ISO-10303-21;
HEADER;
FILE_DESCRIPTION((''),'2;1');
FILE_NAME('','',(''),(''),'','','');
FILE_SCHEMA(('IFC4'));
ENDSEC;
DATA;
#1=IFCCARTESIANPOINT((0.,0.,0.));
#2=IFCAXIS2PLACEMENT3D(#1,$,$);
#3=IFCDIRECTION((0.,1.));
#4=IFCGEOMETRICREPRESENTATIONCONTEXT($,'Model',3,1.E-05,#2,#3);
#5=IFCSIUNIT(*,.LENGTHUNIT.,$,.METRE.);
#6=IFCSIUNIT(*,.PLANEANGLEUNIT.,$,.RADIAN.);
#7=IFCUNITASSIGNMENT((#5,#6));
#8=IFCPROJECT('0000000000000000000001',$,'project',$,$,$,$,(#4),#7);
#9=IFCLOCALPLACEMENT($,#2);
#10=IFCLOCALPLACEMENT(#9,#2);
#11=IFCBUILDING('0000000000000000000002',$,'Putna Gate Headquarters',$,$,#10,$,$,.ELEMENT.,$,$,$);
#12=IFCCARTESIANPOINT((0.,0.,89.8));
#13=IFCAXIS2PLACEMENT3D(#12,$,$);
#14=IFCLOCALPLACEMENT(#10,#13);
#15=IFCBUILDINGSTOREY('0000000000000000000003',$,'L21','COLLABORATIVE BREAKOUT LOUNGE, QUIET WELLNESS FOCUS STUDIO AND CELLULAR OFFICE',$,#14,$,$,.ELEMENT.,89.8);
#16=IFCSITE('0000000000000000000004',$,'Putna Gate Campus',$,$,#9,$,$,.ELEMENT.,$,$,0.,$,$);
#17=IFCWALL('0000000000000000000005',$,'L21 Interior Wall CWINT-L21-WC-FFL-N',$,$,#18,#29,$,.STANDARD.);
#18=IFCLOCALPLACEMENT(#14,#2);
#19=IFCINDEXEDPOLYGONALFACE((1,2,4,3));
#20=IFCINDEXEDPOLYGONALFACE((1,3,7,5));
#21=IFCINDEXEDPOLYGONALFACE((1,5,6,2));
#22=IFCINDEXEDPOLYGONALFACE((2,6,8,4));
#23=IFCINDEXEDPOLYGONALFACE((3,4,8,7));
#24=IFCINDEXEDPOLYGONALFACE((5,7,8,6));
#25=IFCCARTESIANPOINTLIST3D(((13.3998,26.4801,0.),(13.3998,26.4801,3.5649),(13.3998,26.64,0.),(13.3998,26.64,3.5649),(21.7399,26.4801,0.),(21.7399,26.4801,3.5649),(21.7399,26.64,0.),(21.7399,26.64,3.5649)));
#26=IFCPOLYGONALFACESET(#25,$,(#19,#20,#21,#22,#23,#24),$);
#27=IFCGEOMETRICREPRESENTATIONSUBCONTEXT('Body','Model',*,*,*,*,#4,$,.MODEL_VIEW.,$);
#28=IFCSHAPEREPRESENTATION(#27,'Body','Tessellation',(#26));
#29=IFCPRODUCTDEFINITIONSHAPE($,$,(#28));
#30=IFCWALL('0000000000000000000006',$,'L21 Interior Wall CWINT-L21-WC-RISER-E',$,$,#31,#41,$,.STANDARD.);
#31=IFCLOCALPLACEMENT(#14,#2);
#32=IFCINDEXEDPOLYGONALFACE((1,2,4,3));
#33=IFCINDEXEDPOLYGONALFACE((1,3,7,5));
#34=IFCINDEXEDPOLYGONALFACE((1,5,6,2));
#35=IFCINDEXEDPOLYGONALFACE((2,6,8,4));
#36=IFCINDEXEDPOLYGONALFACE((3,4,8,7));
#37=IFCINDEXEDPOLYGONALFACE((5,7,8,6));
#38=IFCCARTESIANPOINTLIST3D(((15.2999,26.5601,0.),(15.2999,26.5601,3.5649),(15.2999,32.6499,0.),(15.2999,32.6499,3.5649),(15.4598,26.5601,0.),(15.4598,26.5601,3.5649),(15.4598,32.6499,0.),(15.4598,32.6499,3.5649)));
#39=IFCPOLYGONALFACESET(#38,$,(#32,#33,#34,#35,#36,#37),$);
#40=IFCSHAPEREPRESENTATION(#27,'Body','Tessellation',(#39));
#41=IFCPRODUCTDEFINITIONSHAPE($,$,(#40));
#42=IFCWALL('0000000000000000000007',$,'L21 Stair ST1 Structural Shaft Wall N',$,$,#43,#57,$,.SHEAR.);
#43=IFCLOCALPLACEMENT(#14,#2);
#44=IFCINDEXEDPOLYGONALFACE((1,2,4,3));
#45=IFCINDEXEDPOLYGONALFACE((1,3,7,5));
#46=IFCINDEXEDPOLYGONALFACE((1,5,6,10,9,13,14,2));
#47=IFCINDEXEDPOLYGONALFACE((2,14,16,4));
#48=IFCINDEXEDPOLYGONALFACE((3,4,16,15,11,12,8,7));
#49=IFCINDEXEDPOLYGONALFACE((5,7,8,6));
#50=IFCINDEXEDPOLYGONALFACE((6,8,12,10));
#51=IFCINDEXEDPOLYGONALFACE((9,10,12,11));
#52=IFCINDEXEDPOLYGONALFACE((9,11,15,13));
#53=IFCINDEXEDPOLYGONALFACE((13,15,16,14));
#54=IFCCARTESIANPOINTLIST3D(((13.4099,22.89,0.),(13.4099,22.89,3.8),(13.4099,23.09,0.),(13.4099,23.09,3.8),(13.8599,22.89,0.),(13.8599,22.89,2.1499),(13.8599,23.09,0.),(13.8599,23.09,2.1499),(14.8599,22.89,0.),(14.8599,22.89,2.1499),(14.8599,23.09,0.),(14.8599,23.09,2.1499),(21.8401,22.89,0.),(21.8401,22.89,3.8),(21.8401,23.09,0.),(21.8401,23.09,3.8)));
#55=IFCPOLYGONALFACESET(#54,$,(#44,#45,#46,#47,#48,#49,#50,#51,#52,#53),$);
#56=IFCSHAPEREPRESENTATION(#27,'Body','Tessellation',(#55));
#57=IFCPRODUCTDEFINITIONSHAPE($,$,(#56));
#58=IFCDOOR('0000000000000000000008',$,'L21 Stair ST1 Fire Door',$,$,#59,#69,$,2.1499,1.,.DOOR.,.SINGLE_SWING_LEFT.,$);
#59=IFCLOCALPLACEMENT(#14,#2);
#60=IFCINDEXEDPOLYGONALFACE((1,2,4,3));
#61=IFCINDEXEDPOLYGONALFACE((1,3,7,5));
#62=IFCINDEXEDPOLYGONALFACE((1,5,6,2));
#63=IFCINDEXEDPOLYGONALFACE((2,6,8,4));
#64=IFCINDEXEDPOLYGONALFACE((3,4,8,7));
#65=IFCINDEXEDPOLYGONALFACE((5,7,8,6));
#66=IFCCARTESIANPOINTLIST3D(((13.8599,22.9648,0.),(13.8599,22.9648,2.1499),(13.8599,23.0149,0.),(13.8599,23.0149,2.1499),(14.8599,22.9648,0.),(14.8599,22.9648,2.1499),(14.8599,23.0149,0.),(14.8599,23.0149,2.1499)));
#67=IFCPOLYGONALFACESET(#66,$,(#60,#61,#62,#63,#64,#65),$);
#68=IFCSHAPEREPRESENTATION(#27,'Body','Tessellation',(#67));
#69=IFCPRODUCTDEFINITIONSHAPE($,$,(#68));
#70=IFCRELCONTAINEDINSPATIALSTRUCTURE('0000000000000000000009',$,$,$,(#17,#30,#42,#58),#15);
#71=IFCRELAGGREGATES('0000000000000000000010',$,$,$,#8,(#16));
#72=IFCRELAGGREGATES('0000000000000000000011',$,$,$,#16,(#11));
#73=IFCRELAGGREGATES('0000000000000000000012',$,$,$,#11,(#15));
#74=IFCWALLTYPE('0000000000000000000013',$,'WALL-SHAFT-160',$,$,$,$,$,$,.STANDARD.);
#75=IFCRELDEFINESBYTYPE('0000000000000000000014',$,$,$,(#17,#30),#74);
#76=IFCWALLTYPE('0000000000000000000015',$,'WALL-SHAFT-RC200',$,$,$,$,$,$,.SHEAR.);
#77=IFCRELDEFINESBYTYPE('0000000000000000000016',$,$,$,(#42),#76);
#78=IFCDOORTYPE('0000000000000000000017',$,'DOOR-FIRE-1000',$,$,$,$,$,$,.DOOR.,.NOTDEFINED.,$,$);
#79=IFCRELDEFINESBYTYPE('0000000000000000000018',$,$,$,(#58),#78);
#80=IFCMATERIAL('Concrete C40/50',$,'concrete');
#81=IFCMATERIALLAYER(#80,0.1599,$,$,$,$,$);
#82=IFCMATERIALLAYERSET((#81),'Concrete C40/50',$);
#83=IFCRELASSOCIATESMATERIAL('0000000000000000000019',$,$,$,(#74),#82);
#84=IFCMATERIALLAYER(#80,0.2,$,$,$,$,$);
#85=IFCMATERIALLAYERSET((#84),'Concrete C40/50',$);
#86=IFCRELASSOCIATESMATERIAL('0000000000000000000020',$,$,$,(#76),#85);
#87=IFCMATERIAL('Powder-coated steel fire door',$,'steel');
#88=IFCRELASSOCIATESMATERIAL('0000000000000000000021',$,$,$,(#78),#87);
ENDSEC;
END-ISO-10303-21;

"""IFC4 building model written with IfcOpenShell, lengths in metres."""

from ifc_helpers import new_model, si_unit, direction, frame, frame_2d, origin, place, context, subcontext, project, spatial, rectangle, extrude, material, layer, layer_set, type_object, element, fill, save


model = new_model("IFC4")

# Units and contexts
model_context = context("Model", 3, precision=1e-05, world=origin(), true_north=direction((0.0, 1.0)))
body_context = subcontext(model_context, "Body", "Model", "MODEL_VIEW")
ifc_project = project(units=[si_unit("LENGTHUNIT", "METRE"), si_unit("PLANEANGLEUNIT", "RADIAN")], contexts=[model_context])

# Site, building, storey
site_placement = place(None, origin())
site = spatial("IfcSite", under=ifc_project, at=site_placement, Name="Putna Gate Campus", CompositionType="ELEMENT", RefElevation=0.0)
building_placement = place(site_placement, origin())
building = spatial("IfcBuilding", under=site, at=building_placement, Name="Putna Gate Headquarters", CompositionType="ELEMENT")
storey_placement = place(building_placement, frame((0.0, 0.0, 89.8)))
storey = spatial("IfcBuildingStorey", under=building, at=storey_placement, Name="L21", Description="COLLABORATIVE BREAKOUT LOUNGE, QUIET WELLNESS FOCUS STUDIO AND CELLULAR OFFICE", CompositionType="ELEMENT", Elevation=89.8)

# Walls
ifc_material_1 = material(Name="Concrete C40/50", Category="concrete")
ifc_layer_1 = layer(ifc_material_1, 0.1599)
ifc_layer_set_1 = layer_set([ifc_layer_1], Name="Concrete C40/50")
wall_type_1 = type_object("IfcWallType", Name="WALL-SHAFT-160", PredefinedType="STANDARD", material=ifc_layer_set_1)
wall_1_placement = place(storey_placement, frame((13.3999, 26.5601, 0.0), z_axis=(0.0, 0.0, 1.0), x_axis=(1.0, 0.0, 0.0)))
element("IfcWall", 1, at=wall_1_placement, inside=storey, type_object=wall_type_1, Name="L21 Interior Wall CWINT-L21-WC-FFL-N", PredefinedType="STANDARD", context=body_context, shape_type="SweptSolid", body=[
    extrude(rectangle(XDim=8.3401, YDim=0.1599, at=frame_2d((4.1699, 0.0))), origin(), (0.0, 0.0, 1.0), 3.5649),
])
wall_2_placement = place(storey_placement, frame((15.3799, 26.5601, 0.0), z_axis=(0.0, 0.0, 1.0), x_axis=(0.0, 1.0, 0.0)))
element("IfcWall", 2, at=wall_2_placement, inside=storey, type_object=wall_type_1, Name="L21 Interior Wall CWINT-L21-WC-RISER-E", PredefinedType="STANDARD", context=body_context, shape_type="SweptSolid", body=[
    extrude(rectangle(XDim=6.0898, YDim=0.1599, at=frame_2d((3.0449, 0.0))), origin(), (0.0, 0.0, 1.0), 3.5649),
])

# Wall, opening, door
ifc_layer_2 = layer(ifc_material_1, 0.2)
ifc_layer_set_2 = layer_set([ifc_layer_2], Name="Concrete C40/50")
wall_type_2 = type_object("IfcWallType", Name="WALL-SHAFT-RC200", PredefinedType="SHEAR", material=ifc_layer_set_2)
wall_3_placement = place(storey_placement, frame((13.4099, 22.99, 0.0), z_axis=(0.0, 0.0, 1.0), x_axis=(1.0, 0.0, 0.0)))
wall_3 = element("IfcWall", 3, at=wall_3_placement, inside=storey, type_object=wall_type_2, Name="L21 Stair ST1 Structural Shaft Wall N", PredefinedType="SHEAR", context=body_context, shape_type="SweptSolid", body=[
    extrude(rectangle(XDim=8.4302, YDim=0.2, at=frame_2d((4.2151, 0.0))), origin(), (0.0, 0.0, 1.0), 3.8),
])
opening_1_placement = place(wall_3_placement, frame((0.45, 0.0, 0.0)))
opening_1 = element("IfcOpeningElement", 4, at=opening_1_placement, cuts=wall_3, PredefinedType="OPENING", context=body_context, shape_type="SweptSolid", body=[
    extrude(rectangle(XDim=1.0, YDim=2.1499, at=frame_2d((0.5, 1.075))), frame((0.0, 0.1099, 0.0), z_axis=(0.0, -1.0, 0.0), x_axis=(1.0, 0.0, 0.0)), (0.0, 0.0, 1.0), 0.22),
])
ifc_material_2 = material(Name="Powder-coated steel fire door", Category="steel")
door_type_1 = type_object("IfcDoorType", Name="DOOR-FIRE-1000", OperationType="NOTDEFINED", PredefinedType="DOOR", material=ifc_material_2)
door_1_placement = place(opening_1_placement, origin())
door_1 = element("IfcDoor", 5, at=door_1_placement, inside=storey, type_object=door_type_1, Name="L21 Stair ST1 Fire Door", OperationType="SINGLE_SWING_LEFT", OverallHeight=2.1499, OverallWidth=1.0, PredefinedType="DOOR", context=body_context, shape_type="SweptSolid", body=[
    extrude(rectangle(XDim=1.0, YDim=2.1499, at=frame_2d((0.5, 1.075))), frame((0.0, 0.0249, 0.0), z_axis=(0.0, -1.0, 0.0), x_axis=(1.0, 0.0, 0.0)), (0.0, 0.0, 1.0), 0.05),
])
fill(opening_1, door_1)

save(model, "model.ifc")
